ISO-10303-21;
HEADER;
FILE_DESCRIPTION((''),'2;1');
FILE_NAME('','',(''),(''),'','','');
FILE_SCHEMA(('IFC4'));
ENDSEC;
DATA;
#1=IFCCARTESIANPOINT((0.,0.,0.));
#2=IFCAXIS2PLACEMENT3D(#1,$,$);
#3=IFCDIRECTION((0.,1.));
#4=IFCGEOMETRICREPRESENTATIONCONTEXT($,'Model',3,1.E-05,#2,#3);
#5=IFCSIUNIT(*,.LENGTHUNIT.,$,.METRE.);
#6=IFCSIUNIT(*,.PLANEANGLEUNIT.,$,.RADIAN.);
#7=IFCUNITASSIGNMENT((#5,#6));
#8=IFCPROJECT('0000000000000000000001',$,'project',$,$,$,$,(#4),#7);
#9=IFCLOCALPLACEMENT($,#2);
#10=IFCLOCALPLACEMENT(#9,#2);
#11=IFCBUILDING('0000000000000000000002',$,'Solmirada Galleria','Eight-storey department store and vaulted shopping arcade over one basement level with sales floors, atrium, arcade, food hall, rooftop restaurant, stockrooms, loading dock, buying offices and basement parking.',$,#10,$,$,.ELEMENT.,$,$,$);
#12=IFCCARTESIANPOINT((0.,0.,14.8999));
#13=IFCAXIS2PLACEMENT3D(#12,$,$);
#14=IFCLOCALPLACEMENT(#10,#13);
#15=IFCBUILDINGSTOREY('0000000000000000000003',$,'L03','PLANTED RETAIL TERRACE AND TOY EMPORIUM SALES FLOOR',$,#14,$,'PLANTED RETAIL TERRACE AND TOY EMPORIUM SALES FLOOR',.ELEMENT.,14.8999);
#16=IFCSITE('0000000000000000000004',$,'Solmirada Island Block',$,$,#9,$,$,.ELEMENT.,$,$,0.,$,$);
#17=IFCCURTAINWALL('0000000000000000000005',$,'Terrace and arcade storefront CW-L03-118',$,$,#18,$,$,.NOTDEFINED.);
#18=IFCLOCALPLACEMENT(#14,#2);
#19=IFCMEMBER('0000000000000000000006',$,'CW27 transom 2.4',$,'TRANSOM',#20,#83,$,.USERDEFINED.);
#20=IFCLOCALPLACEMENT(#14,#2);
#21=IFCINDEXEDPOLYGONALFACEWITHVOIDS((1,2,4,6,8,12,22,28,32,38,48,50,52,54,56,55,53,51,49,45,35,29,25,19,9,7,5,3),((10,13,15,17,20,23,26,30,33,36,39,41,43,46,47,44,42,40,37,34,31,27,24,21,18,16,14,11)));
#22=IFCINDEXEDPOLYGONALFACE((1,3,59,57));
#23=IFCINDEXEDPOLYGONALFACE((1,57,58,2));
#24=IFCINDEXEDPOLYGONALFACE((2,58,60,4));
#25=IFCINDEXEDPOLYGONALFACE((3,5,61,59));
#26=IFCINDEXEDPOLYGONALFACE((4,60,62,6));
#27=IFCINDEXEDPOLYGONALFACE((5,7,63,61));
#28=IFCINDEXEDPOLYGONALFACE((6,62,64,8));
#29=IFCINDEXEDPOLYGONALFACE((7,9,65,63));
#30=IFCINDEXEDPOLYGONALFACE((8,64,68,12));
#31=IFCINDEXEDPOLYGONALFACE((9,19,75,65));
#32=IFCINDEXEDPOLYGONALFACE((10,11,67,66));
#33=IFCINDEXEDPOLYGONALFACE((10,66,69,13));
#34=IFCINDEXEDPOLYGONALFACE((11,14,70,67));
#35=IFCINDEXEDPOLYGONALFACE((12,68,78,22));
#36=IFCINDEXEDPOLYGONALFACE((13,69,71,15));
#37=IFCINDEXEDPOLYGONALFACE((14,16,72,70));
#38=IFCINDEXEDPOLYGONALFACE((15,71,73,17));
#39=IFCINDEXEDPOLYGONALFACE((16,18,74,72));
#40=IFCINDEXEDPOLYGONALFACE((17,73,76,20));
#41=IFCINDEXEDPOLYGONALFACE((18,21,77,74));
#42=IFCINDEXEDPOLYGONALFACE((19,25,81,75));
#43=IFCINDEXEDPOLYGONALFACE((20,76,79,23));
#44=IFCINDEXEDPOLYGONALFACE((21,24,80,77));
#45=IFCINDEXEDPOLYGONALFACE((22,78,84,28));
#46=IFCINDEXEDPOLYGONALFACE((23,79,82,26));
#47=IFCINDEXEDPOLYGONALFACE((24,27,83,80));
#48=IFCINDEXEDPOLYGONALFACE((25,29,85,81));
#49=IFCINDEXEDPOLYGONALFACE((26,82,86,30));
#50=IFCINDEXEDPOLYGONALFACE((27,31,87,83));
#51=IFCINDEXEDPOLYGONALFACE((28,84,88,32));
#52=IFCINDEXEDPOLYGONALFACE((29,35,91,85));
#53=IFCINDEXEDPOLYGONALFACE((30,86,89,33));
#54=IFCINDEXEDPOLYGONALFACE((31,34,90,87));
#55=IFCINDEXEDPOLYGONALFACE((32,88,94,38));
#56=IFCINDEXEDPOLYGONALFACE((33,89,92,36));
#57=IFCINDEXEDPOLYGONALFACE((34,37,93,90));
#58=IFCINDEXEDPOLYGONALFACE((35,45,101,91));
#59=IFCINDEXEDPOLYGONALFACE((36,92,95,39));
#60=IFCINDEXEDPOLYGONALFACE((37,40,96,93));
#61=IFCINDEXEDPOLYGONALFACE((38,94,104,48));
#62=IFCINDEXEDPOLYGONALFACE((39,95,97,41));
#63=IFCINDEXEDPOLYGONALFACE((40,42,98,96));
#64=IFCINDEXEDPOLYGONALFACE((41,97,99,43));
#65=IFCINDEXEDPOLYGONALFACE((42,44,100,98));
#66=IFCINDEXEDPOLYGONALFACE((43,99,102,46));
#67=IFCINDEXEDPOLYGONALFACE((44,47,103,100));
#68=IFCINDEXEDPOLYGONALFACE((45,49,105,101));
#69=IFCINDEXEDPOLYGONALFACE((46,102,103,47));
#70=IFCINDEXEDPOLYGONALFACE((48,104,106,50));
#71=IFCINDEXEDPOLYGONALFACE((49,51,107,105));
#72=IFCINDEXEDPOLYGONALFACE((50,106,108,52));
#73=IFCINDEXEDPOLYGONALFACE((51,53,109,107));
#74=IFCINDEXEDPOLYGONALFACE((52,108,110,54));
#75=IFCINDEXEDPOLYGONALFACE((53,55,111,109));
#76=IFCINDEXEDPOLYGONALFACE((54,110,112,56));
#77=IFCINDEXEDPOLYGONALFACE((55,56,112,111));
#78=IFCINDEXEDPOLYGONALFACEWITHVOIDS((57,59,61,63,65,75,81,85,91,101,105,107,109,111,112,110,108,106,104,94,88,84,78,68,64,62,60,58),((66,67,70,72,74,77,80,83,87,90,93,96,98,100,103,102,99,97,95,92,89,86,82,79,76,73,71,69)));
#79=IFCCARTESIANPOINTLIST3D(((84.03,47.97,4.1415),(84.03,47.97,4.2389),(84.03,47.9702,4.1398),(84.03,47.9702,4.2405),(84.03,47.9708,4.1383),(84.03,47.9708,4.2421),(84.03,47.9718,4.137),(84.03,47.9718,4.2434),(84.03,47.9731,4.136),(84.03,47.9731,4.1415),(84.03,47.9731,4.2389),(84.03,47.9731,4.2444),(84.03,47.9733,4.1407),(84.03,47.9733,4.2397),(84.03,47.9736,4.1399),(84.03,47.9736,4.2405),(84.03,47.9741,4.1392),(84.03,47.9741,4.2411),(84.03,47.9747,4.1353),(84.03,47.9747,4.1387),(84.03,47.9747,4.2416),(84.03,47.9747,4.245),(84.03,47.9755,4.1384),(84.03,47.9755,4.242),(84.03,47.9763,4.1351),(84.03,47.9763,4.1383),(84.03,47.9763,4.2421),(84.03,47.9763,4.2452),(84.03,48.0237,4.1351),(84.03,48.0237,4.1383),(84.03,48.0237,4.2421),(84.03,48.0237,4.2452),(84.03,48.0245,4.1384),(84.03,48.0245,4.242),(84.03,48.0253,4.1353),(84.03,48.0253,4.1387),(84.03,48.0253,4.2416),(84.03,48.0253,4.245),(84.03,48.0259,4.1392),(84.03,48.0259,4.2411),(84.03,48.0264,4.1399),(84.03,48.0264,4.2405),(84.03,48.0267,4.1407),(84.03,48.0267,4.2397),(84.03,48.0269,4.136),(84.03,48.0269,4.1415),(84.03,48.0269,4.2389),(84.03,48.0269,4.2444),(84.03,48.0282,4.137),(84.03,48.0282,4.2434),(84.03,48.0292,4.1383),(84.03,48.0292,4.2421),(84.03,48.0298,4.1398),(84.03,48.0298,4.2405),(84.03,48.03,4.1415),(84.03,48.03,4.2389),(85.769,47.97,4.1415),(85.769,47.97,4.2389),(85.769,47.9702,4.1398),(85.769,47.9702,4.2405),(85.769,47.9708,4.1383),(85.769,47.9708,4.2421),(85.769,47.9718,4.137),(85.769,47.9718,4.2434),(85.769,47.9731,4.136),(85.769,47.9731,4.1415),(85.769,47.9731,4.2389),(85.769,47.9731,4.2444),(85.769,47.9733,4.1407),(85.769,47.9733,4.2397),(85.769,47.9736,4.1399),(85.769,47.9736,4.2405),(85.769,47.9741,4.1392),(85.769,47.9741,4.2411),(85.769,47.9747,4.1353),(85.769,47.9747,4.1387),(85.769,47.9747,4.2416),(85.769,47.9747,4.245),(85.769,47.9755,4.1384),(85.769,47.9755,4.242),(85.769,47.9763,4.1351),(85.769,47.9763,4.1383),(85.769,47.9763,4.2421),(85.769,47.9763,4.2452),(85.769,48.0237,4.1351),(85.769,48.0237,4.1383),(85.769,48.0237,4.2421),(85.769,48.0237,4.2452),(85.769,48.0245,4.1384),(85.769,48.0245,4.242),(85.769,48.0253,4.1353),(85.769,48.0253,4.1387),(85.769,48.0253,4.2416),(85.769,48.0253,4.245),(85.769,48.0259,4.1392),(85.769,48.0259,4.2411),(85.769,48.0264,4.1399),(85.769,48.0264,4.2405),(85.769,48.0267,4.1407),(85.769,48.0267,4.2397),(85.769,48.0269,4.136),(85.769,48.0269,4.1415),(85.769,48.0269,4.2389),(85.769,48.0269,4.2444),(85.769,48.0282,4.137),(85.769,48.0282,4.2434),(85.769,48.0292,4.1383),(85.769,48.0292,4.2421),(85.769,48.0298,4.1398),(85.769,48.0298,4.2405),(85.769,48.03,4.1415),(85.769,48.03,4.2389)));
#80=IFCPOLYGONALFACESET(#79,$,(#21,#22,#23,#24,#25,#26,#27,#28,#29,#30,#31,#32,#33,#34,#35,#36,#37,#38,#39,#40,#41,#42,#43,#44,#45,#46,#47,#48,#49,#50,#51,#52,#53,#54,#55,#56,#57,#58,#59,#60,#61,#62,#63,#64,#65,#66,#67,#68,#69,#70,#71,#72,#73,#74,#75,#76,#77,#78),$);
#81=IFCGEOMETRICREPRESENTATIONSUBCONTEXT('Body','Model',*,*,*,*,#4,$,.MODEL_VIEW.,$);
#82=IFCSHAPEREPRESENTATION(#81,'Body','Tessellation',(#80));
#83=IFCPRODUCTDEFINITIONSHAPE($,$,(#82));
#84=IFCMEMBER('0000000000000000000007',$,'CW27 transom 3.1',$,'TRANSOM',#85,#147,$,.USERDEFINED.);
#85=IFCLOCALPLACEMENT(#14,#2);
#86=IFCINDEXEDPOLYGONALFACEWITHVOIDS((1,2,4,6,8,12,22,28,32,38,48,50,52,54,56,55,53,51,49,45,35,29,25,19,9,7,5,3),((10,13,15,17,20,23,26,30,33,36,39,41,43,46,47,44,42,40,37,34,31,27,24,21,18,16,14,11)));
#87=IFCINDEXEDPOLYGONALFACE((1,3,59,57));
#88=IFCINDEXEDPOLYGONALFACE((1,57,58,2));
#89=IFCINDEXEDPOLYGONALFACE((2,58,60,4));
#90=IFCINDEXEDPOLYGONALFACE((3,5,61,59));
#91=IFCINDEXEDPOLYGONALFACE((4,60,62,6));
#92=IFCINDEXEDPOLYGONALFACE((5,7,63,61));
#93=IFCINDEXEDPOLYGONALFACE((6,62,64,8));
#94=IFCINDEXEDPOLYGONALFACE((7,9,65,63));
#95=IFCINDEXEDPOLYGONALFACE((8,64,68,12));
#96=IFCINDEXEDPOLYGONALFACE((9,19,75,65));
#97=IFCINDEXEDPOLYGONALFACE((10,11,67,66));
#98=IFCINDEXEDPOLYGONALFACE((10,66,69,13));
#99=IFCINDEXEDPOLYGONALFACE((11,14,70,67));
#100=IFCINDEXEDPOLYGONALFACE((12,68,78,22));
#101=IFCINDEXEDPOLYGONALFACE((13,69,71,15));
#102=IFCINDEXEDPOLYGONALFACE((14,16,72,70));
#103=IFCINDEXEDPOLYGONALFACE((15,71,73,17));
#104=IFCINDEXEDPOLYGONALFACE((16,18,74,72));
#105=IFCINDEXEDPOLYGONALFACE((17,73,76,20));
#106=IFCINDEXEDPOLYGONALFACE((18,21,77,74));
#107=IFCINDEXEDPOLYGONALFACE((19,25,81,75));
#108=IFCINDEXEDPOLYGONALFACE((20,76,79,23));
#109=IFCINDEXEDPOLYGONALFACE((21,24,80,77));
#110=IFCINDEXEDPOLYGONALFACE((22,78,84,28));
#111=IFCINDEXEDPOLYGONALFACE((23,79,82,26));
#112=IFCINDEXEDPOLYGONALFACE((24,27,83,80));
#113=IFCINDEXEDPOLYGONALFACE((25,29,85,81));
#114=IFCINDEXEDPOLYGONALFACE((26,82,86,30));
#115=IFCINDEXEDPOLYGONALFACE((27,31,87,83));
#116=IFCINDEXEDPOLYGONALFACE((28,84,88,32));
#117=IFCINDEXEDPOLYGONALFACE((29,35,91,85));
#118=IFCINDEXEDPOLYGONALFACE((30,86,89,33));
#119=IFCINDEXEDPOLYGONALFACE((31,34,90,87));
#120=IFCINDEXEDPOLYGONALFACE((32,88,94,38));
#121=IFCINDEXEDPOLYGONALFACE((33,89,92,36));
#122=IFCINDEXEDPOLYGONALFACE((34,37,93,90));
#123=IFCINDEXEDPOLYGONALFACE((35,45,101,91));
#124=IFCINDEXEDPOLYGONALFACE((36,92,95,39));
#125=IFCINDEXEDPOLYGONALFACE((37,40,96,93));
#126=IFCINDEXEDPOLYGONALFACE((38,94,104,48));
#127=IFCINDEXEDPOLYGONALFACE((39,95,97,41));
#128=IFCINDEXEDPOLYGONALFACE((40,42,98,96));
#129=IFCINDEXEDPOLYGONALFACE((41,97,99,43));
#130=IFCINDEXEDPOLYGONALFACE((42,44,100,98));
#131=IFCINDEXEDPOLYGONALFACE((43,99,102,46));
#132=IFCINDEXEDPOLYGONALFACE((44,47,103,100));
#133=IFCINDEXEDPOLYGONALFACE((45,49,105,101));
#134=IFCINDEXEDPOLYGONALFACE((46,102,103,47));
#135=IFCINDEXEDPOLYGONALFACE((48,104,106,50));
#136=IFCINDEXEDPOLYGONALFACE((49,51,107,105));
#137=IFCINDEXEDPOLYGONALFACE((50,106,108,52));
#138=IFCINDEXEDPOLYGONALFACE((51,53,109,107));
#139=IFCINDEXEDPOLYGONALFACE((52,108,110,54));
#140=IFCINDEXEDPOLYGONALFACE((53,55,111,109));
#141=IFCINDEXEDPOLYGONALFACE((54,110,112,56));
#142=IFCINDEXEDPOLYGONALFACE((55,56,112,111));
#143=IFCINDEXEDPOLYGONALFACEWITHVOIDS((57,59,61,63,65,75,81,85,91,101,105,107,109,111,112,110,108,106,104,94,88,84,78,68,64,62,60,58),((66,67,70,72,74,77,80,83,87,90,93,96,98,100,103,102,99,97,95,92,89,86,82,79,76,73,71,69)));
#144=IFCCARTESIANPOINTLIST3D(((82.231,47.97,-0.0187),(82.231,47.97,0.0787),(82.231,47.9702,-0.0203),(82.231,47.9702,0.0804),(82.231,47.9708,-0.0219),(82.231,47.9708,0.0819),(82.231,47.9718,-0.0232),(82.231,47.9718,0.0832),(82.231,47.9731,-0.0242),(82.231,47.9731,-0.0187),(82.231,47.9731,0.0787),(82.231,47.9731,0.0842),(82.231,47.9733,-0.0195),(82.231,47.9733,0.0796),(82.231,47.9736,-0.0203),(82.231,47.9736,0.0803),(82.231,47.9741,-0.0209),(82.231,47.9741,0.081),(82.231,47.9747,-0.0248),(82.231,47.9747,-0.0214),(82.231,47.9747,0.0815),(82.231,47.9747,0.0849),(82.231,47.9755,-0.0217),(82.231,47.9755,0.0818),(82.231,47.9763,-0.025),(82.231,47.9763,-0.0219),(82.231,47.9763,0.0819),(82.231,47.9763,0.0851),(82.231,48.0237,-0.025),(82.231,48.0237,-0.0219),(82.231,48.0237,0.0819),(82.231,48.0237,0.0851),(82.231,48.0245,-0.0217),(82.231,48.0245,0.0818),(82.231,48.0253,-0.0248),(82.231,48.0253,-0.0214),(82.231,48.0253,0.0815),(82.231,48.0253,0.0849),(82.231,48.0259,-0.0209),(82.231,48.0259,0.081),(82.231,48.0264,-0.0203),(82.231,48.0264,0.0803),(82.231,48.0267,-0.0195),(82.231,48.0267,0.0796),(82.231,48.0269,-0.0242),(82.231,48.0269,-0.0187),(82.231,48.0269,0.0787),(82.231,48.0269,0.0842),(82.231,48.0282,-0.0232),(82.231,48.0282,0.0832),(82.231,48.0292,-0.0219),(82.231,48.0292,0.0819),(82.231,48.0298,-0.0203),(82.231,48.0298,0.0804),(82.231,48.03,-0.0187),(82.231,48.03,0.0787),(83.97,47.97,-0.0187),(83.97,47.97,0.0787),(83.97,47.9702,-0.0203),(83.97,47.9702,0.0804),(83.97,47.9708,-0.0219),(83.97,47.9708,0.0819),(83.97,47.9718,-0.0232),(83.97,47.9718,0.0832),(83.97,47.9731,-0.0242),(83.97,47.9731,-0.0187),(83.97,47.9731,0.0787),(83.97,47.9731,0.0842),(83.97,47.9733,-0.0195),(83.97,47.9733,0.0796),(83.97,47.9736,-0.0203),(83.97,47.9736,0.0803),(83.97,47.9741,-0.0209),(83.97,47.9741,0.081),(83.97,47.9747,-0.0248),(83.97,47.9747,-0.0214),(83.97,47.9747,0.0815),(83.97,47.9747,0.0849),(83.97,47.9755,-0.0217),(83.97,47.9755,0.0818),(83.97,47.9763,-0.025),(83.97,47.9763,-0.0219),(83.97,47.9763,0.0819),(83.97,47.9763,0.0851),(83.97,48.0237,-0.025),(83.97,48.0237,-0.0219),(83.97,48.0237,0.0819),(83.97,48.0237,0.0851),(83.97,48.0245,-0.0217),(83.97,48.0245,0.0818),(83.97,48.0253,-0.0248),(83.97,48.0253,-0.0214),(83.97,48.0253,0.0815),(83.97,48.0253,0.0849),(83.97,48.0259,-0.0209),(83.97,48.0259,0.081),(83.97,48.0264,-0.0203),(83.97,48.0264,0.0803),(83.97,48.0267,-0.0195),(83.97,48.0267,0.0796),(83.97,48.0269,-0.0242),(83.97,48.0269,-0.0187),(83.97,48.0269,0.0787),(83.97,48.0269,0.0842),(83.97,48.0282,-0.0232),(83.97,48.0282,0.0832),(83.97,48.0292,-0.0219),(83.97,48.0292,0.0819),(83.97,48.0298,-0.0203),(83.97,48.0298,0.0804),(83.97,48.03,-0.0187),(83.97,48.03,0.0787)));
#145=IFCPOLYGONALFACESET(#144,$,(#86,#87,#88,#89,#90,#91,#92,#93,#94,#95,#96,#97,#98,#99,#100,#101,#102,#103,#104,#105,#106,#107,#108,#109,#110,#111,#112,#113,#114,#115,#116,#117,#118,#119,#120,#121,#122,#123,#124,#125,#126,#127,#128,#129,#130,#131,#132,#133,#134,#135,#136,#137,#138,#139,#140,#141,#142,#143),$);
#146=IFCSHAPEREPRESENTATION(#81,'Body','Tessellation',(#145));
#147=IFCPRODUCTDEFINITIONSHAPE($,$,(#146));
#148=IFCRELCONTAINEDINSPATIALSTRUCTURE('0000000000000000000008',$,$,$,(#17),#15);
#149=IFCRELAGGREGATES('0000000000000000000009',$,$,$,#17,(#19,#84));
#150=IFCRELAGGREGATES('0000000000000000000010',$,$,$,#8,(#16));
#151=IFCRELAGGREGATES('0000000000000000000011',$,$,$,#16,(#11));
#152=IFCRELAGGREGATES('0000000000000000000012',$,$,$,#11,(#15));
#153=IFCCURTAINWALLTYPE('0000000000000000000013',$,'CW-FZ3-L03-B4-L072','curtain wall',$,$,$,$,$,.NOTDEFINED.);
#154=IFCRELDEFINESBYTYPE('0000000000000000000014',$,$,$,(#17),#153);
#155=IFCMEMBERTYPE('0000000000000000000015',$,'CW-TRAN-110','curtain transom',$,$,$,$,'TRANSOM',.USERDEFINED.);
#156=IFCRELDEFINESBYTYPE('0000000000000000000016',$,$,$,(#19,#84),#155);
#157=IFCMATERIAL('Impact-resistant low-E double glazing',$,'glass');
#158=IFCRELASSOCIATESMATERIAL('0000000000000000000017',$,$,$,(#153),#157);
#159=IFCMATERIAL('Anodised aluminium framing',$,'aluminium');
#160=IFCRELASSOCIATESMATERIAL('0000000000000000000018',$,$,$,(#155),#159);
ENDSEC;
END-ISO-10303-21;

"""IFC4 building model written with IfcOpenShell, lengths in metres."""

from ifc_helpers import new_model, si_unit, direction, frame, origin, origin_2d, place, context, subcontext, project, spatial, hollow_rectangle, extrude, material, material_profile, profile_set, type_object, element, aggregate, save


model = new_model("IFC4")

# Units and contexts
model_context = context("Model", 3, precision=1e-05, world=origin(), true_north=direction((0.0, 1.0)))
body_context = subcontext(model_context, "Body", "Model", "MODEL_VIEW")
ifc_project = project(units=[si_unit("LENGTHUNIT", "METRE"), si_unit("PLANEANGLEUNIT", "RADIAN")], contexts=[model_context])

# Site, building, storey
site_placement = place(None, origin())
site = spatial("IfcSite", under=ifc_project, at=site_placement, Name="Solmirada Island Block", CompositionType="ELEMENT", RefElevation=0.0)
building_placement = place(site_placement, origin())
building = spatial("IfcBuilding", under=site, at=building_placement, Name="Solmirada Galleria", Description="Eight-storey department store and vaulted shopping arcade over one basement level with sales floors, atrium, arcade, food hall, rooftop restaurant, stockrooms, loading dock, buying offices and basement parking.", CompositionType="ELEMENT")
storey_placement = place(building_placement, frame((0.0, 0.0, 14.8999)))
storey = spatial("IfcBuildingStorey", under=building, at=storey_placement, Name="L03", Description="PLANTED RETAIL TERRACE AND TOY EMPORIUM SALES FLOOR", LongName="PLANTED RETAIL TERRACE AND TOY EMPORIUM SALES FLOOR", CompositionType="ELEMENT", Elevation=14.8999)

# Curtain wall
ifc_material_1 = material(Name="Impact-resistant low-E double glazing", Category="glass")
curtain_wall_type = type_object("IfcCurtainWallType", Name="CW-FZ3-L03-B4-L072", Description="curtain wall", PredefinedType="NOTDEFINED", material=ifc_material_1)
curtain_wall_1_placement = place(storey_placement, origin())
curtain_wall_1 = element("IfcCurtainWall", 1, at=curtain_wall_1_placement, inside=storey, type_object=curtain_wall_type, Name="Terrace and arcade storefront CW-L03-118", PredefinedType="NOTDEFINED")
ifc_material_2 = material(Name="Anodised aluminium framing", Category="aluminium")

# Members
ifc_material_profile_1 = material_profile(ifc_material_2, hollow_rectangle(XDim=0.0601, YDim=0.1101, WallThickness=0.0032, InnerFilletRadius=0.0032, OuterFilletRadius=0.0063, at=origin_2d()), Name="ALU-TRAN-110X60")
ifc_profile_set_1 = profile_set([ifc_material_profile_1], Name="Anodised aluminium framing")
member_type_1 = type_object("IfcMemberType", Name="CW-TRAN-110", Description="curtain transom", ElementType="TRANSOM", PredefinedType="USERDEFINED", material=ifc_profile_set_1)
member_1_placement = place(storey_placement, frame((85.769, 48.0, 4.1902), z_axis=(-1.0, 0.0, 0.0), x_axis=(0.0, -1.0, 0.0)))
member_1 = element("IfcMember", 2, at=member_1_placement, type_object=member_type_1, Name="CW27 transom 2.4", ObjectType="TRANSOM", PredefinedType="USERDEFINED", context=body_context, shape_type="SweptSolid", body=[
    extrude(hollow_rectangle(XDim=0.0601, YDim=0.1101, WallThickness=0.0032, InnerFilletRadius=0.0032, OuterFilletRadius=0.0063, at=origin_2d()), origin(), (0.0, 0.0, 1.0), 1.739),
])
member_2_placement = place(storey_placement, frame((83.97, 48.0, 0.03), z_axis=(-1.0, 0.0, 0.0), x_axis=(0.0, -1.0, 0.0)))
member_2 = element("IfcMember", 3, at=member_2_placement, type_object=member_type_1, Name="CW27 transom 3.1", ObjectType="TRANSOM", PredefinedType="USERDEFINED", context=body_context, shape_type="SweptSolid", body=[
    extrude(hollow_rectangle(XDim=0.0601, YDim=0.1101, WallThickness=0.0032, InnerFilletRadius=0.0032, OuterFilletRadius=0.0063, at=origin_2d()), origin(), (0.0, 0.0, 1.0), 1.739),
])

aggregate(curtain_wall_1, [member_1, member_2])

save(model, "model.ifc")
